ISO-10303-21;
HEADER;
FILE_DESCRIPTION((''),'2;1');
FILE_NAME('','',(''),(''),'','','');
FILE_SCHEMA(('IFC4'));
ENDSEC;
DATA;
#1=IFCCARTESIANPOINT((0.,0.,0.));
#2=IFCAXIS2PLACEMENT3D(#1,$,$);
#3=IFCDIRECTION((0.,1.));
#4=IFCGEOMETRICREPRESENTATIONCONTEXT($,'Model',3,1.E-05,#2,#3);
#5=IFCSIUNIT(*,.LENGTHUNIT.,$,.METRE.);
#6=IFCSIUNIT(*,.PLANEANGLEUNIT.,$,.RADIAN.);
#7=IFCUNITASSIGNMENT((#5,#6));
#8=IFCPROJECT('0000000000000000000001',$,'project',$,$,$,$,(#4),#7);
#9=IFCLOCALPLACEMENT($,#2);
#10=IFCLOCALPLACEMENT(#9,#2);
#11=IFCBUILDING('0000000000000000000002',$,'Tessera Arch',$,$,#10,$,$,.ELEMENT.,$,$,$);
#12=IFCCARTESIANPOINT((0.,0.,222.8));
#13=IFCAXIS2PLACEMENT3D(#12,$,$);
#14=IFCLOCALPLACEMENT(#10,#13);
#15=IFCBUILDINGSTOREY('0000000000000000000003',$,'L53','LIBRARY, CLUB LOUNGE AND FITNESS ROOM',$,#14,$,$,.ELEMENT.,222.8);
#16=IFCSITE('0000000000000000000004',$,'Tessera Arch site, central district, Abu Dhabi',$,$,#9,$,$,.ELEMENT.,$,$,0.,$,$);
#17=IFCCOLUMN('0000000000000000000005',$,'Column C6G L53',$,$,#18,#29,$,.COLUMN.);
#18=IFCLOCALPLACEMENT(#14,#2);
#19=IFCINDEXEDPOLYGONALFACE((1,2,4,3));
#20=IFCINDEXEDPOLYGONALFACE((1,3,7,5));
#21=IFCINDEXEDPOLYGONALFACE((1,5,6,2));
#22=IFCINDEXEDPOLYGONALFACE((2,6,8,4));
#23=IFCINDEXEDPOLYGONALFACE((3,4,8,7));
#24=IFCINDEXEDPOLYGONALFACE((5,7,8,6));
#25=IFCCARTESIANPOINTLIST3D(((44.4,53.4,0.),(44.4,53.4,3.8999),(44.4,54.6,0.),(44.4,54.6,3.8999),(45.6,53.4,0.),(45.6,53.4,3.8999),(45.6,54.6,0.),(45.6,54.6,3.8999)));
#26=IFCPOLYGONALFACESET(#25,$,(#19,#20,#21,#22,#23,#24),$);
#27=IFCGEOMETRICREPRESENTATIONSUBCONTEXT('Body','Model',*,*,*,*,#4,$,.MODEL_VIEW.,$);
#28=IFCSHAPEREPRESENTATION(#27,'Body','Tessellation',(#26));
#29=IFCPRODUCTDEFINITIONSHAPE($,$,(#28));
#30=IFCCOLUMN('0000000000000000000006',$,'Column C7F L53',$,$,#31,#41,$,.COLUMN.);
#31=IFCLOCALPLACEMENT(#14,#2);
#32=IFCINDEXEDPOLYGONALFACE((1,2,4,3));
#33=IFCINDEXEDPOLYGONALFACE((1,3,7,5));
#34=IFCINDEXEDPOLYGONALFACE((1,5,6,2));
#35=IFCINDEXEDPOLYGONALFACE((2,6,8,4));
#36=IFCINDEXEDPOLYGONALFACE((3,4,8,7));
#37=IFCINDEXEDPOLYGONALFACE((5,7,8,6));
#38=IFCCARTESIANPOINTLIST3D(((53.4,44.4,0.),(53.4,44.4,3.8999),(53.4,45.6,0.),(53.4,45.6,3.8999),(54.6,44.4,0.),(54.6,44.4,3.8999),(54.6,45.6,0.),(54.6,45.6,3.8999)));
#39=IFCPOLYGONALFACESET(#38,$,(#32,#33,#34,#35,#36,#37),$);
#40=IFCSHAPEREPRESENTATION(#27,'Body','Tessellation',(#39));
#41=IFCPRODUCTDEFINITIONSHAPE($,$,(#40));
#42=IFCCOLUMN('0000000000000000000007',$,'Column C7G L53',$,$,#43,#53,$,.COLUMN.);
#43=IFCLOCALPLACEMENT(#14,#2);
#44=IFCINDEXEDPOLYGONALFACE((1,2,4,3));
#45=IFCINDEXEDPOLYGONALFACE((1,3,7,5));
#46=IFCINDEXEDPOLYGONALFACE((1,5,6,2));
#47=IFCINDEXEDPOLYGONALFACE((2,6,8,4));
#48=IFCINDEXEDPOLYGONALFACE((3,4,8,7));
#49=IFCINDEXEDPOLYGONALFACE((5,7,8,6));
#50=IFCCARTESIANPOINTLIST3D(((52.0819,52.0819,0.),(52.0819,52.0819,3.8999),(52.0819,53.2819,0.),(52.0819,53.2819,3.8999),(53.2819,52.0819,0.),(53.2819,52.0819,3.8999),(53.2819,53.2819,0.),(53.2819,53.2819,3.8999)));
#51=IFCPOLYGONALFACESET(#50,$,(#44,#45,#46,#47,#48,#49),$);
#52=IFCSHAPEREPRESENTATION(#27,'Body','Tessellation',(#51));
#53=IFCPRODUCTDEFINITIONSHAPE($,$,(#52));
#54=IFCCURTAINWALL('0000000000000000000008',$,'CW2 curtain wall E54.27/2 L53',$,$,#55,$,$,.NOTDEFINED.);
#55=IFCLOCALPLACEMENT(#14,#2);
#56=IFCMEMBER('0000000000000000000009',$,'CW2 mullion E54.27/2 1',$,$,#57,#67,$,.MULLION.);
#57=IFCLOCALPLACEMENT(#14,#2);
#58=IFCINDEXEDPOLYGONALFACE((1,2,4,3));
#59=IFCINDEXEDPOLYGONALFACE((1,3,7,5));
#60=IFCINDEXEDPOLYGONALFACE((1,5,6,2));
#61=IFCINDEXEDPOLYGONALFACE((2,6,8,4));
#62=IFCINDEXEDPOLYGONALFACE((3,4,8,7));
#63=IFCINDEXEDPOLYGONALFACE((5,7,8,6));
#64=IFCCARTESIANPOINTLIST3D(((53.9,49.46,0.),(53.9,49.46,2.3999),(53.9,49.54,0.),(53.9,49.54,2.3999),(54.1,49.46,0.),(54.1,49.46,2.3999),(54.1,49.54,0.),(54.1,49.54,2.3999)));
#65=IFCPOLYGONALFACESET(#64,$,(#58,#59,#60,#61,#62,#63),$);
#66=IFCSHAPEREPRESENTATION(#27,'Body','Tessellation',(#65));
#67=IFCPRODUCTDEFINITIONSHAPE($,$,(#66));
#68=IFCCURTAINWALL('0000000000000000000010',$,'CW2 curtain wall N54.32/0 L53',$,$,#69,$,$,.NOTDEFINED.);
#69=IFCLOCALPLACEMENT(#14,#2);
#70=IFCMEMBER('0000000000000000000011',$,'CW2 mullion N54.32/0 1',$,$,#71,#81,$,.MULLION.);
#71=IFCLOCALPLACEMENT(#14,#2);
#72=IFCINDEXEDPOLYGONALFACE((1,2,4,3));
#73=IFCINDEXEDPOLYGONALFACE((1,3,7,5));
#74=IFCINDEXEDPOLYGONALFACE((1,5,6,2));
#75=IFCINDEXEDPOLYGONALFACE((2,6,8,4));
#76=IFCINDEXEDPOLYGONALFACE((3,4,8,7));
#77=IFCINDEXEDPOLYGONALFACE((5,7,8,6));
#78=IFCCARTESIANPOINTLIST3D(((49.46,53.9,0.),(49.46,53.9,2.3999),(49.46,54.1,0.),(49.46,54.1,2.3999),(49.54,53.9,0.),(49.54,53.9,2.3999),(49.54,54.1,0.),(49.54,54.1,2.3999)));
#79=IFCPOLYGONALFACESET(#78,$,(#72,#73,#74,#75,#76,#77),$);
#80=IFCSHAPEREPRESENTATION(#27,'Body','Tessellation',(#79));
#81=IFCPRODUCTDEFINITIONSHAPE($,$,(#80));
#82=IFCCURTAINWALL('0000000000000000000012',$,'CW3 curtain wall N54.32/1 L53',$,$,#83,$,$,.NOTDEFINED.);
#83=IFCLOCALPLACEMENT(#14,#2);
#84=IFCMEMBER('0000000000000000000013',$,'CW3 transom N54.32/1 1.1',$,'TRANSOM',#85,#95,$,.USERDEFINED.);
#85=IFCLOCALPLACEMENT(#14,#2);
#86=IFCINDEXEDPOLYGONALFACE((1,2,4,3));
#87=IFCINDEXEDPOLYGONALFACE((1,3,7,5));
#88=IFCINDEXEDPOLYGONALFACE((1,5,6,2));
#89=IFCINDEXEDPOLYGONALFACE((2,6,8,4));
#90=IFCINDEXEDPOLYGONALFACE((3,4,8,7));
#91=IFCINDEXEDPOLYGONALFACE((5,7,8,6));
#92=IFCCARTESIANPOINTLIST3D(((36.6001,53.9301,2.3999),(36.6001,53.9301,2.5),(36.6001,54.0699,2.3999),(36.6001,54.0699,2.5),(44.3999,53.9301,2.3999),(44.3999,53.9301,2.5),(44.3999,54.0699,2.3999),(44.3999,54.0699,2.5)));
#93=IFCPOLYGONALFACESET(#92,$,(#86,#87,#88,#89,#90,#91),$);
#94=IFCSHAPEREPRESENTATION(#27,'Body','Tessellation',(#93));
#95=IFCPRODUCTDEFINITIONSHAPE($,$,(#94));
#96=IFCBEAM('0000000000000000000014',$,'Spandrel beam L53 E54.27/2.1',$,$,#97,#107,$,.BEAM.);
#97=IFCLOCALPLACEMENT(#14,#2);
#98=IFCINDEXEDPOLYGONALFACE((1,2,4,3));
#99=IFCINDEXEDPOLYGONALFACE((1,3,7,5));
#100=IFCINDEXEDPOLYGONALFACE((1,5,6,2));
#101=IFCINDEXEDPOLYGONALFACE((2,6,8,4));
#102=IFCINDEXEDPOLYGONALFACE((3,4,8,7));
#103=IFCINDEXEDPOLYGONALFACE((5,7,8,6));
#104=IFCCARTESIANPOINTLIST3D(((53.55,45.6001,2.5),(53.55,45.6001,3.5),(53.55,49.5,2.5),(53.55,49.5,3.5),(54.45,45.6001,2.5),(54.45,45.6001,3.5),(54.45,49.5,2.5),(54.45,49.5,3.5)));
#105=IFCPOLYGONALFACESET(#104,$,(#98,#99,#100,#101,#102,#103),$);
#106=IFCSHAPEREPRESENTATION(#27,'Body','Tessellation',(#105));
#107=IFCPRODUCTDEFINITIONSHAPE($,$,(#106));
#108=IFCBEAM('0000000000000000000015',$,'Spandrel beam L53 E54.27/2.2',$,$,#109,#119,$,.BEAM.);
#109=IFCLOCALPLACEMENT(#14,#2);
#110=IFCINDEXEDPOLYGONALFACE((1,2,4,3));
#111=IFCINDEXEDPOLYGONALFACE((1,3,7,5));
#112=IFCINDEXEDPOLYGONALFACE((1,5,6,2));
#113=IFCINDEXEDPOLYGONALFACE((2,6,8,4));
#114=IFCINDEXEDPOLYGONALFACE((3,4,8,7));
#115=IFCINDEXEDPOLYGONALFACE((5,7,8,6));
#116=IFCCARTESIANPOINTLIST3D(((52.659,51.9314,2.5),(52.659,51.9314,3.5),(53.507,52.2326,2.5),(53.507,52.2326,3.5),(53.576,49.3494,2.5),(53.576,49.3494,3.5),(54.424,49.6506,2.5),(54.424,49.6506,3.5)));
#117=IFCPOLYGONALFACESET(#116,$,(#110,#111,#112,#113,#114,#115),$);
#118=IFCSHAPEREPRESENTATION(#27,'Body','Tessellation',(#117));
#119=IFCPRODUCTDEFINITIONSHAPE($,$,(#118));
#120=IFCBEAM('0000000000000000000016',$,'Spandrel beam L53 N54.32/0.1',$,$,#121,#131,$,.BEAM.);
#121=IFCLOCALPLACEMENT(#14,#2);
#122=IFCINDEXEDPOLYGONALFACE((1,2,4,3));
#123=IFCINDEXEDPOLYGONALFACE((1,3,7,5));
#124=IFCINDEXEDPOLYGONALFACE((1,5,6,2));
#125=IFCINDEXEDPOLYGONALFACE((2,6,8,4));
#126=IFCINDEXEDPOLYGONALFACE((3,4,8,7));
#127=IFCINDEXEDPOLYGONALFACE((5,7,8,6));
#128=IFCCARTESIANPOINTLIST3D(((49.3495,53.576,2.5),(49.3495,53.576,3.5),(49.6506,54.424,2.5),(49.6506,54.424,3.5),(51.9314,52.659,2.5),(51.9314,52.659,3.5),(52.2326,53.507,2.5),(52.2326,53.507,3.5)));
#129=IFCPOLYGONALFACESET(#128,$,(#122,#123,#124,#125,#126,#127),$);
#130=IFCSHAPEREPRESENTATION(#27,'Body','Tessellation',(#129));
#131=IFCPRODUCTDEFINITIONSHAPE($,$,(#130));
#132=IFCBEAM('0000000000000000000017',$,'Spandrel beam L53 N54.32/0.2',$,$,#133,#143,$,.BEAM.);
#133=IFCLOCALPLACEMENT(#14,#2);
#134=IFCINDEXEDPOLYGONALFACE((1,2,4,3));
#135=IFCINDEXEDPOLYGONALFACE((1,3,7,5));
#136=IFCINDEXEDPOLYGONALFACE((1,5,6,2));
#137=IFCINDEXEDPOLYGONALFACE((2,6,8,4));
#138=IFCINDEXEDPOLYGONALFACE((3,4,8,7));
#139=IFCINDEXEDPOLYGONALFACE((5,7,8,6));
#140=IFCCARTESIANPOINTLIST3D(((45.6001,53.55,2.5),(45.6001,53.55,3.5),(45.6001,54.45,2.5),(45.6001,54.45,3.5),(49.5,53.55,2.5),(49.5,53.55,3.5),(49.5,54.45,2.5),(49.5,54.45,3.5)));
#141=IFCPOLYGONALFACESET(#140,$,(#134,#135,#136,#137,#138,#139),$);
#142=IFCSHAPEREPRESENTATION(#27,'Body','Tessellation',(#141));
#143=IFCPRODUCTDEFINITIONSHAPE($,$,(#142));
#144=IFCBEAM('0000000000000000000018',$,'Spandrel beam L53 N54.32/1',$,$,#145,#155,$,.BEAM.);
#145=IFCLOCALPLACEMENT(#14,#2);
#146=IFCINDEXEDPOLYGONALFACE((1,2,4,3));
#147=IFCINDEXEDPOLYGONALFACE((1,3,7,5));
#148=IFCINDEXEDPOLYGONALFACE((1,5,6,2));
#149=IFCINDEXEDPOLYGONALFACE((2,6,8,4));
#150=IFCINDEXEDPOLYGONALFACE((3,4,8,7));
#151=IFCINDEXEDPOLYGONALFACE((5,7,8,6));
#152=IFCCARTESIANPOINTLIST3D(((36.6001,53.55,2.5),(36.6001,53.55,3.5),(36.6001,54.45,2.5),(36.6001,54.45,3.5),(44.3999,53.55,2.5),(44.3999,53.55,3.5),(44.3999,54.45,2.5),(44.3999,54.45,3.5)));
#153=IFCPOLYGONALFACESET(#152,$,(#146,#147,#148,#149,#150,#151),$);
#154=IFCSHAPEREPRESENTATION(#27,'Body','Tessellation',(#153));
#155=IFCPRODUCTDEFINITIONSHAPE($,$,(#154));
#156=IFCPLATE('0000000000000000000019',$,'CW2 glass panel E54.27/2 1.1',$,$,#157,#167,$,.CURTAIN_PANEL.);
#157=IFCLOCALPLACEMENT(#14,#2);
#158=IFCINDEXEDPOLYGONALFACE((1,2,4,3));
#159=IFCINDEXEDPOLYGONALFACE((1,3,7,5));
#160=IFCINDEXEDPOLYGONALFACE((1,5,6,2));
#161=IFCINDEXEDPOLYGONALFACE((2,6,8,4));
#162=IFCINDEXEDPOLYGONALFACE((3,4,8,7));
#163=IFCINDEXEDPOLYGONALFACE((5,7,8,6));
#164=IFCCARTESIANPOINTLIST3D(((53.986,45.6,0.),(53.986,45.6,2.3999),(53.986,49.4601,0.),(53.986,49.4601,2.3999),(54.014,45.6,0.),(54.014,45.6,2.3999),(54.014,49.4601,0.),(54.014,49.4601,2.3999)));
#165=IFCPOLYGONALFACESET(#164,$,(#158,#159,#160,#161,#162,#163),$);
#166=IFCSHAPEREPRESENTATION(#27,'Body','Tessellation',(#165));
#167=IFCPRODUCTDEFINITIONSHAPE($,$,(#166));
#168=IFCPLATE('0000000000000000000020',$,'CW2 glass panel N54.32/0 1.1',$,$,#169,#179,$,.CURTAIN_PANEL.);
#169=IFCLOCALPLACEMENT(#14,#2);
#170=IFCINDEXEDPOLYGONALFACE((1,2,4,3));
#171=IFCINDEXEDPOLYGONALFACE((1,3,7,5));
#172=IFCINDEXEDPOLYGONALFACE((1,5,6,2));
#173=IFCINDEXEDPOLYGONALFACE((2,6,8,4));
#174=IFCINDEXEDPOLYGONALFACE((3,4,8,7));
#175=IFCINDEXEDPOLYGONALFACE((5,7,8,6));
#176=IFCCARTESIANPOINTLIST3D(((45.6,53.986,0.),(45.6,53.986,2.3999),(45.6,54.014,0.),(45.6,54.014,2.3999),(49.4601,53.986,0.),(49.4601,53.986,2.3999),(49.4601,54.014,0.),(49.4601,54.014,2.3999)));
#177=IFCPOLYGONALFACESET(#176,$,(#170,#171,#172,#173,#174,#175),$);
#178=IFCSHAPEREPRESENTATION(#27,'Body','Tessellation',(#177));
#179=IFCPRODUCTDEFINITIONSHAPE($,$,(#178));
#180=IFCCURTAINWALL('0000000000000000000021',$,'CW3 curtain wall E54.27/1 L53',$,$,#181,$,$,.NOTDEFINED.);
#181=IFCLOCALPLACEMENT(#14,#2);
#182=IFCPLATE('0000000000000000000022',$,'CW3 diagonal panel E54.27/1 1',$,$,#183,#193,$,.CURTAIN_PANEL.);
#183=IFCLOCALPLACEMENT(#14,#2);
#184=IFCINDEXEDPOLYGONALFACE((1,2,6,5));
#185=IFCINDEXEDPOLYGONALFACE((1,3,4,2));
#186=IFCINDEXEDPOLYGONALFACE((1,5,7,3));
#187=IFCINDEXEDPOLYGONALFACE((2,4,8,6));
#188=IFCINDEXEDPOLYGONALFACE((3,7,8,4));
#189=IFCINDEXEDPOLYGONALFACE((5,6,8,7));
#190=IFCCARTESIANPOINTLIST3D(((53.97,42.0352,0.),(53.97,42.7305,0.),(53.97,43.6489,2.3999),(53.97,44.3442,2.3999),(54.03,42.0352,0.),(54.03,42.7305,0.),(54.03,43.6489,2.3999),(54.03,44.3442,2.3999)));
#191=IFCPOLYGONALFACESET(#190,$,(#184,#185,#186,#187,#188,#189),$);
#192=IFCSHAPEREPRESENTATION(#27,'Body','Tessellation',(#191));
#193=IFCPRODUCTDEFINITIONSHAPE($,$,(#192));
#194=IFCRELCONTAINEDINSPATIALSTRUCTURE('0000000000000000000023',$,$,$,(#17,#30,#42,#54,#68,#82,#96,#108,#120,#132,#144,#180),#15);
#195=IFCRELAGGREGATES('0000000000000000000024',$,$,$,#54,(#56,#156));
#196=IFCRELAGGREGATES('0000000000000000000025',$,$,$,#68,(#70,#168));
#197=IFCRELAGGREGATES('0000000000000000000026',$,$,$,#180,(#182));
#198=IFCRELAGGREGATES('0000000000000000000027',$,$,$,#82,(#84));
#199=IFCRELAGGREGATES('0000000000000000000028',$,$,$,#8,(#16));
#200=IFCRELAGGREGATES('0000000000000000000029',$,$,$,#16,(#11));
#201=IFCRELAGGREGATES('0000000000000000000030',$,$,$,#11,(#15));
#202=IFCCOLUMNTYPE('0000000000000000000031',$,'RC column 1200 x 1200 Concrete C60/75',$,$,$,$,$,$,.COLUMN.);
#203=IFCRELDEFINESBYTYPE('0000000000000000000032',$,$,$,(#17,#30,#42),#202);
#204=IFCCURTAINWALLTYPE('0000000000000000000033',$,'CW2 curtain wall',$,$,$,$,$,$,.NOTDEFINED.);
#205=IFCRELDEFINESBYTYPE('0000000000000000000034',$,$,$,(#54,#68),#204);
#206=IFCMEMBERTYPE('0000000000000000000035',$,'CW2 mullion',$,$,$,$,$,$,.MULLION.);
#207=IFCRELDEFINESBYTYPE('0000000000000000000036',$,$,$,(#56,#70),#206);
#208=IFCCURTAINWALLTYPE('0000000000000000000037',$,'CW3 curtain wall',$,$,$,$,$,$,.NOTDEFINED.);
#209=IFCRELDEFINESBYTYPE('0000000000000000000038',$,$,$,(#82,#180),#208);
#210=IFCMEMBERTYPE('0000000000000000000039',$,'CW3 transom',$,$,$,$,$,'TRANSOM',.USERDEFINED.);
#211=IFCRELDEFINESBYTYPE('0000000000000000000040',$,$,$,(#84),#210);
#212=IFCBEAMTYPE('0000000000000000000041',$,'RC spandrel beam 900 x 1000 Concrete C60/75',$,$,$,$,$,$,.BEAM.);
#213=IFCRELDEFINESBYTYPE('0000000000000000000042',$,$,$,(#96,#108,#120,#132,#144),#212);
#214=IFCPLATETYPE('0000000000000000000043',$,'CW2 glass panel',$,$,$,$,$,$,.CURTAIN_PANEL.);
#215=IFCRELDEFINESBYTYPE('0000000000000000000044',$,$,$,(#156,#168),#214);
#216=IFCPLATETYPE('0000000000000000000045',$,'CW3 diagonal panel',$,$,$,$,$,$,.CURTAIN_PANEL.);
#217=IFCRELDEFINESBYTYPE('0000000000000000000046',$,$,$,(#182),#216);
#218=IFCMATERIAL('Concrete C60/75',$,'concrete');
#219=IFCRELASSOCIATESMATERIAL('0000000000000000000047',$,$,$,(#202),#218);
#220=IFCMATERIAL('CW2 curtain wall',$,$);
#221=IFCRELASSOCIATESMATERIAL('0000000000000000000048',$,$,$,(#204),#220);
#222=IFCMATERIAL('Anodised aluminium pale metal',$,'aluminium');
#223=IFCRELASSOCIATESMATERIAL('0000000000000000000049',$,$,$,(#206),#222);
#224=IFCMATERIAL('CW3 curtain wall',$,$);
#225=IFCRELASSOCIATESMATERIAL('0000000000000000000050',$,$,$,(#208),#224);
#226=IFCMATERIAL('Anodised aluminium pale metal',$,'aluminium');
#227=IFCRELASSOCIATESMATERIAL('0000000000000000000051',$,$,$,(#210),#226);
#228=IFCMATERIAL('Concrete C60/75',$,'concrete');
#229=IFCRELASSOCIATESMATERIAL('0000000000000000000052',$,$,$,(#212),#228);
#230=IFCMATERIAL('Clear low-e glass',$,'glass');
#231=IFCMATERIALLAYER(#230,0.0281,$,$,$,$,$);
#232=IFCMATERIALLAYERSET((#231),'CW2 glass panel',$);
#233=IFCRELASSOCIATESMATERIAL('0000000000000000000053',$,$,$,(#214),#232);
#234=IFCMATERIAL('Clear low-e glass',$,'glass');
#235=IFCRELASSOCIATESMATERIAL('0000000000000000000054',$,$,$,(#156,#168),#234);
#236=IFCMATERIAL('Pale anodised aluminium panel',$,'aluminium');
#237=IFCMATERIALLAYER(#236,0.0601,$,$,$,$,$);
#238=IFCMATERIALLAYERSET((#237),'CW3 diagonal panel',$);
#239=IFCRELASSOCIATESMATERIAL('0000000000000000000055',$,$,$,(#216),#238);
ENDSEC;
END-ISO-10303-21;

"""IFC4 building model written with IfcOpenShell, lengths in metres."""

from ifc_helpers import new_model, si_unit, direction, frame, origin, origin_2d, place, context, subcontext, project, spatial, polyline, rectangle, outline, extrude, material, layer, layer_set, material_profile, profile_set, type_object, element, aggregate, save


model = new_model("IFC4")

# Units and contexts
model_context = context("Model", 3, precision=1e-05, world=origin(), true_north=direction((0.0, 1.0)))
body_context = subcontext(model_context, "Body", "Model", "MODEL_VIEW")
ifc_project = project(units=[si_unit("LENGTHUNIT", "METRE"), si_unit("PLANEANGLEUNIT", "RADIAN")], contexts=[model_context])

# Site, building, storey
site_placement = place(None, origin())
site = spatial("IfcSite", under=ifc_project, at=site_placement, Name="Tessera Arch site, central district, Abu Dhabi", CompositionType="ELEMENT", RefElevation=0.0)
building_placement = place(site_placement, origin())
building = spatial("IfcBuilding", under=site, at=building_placement, Name="Tessera Arch", CompositionType="ELEMENT")
storey_placement = place(building_placement, frame((0.0, 0.0, 222.8)))
storey = spatial("IfcBuildingStorey", under=building, at=storey_placement, Name="L53", Description="LIBRARY, CLUB LOUNGE AND FITNESS ROOM", CompositionType="ELEMENT", Elevation=222.8)

# Columns
ifc_material_1 = material(Name="Concrete C60/75", Category="concrete")
ifc_material_profile_1 = material_profile(ifc_material_1, rectangle(XDim=1.2, YDim=1.2, at=origin_2d()), Name="RC column 1200 x 1200 Concrete C60/75")
ifc_profile_set_1 = profile_set([ifc_material_profile_1], Name="Concrete C60/75")
column_type = type_object("IfcColumnType", Name="RC column 1200 x 1200 Concrete C60/75", PredefinedType="COLUMN", material=ifc_profile_set_1)
for number, where, z_axis, x_axis, name in (
    (1, (45.0, 54.0, 0.0), (0.0, 0.0, 1.0), (1.0, 0.0, 0.0), "Column C6G L53"),
    (2, (54.0, 45.0, 0.0), (0.0, 0.0, 1.0), (1.0, 0.0, 0.0), "Column C7F L53"),
    (3, (52.6819, 52.6819, 0.0), (0.0, 0.0, 1.0), (1.0, 0.0, 0.0), "Column C7G L53"),
):
    element("IfcColumn", number, at=place(storey_placement, frame(where, z_axis=z_axis, x_axis=x_axis)), inside=storey, type_object=column_type, Name=name, PredefinedType="COLUMN", context=body_context, shape_type="SweptSolid", body=[
        extrude(rectangle(XDim=1.2, YDim=1.2, at=origin_2d()), origin(), (0.0, 0.0, 1.0), 3.8999),
    ])

# Curtain walls, members
ifc_material_2 = material(Name="CW2 curtain wall")
curtain_wall_type_1 = type_object("IfcCurtainWallType", Name="CW2 curtain wall", PredefinedType="NOTDEFINED", material=ifc_material_2)
curtain_wall_1_placement = place(storey_placement, origin())
curtain_wall_1 = element("IfcCurtainWall", 4, at=curtain_wall_1_placement, inside=storey, type_object=curtain_wall_type_1, Name="CW2 curtain wall E54.27/2 L53", PredefinedType="NOTDEFINED")
ifc_material_3 = material(Name="Anodised aluminium pale metal", Category="aluminium")
ifc_material_profile_2 = material_profile(ifc_material_3, rectangle(XDim=0.2, YDim=0.0801, at=origin_2d()), Name="AL 80x200")
ifc_profile_set_2 = profile_set([ifc_material_profile_2], Name="Anodised aluminium pale metal")
member_type_1 = type_object("IfcMemberType", Name="CW2 mullion", PredefinedType="MULLION", material=ifc_profile_set_2)
member_1_placement = place(storey_placement, frame((54.0, 49.5, 0.0), z_axis=(0.0, 0.0, 1.0), x_axis=(-1.0, 0.0, 0.0)))
member_1 = element("IfcMember", 5, at=member_1_placement, type_object=member_type_1, Name="CW2 mullion E54.27/2 1", PredefinedType="MULLION", context=body_context, shape_type="SweptSolid", body=[
    extrude(rectangle(XDim=0.2, YDim=0.0801, at=origin_2d()), origin(), (0.0, 0.0, 1.0), 2.3999),
])
curtain_wall_2_placement = place(storey_placement, origin())
curtain_wall_2 = element("IfcCurtainWall", 6, at=curtain_wall_2_placement, inside=storey, type_object=curtain_wall_type_1, Name="CW2 curtain wall N54.32/0 L53", PredefinedType="NOTDEFINED")
member_2_placement = place(storey_placement, frame((49.5, 54.0, 0.0), z_axis=(0.0, 0.0, 1.0), x_axis=(0.0, -1.0, 0.0)))
member_2 = element("IfcMember", 7, at=member_2_placement, type_object=member_type_1, Name="CW2 mullion N54.32/0 1", PredefinedType="MULLION", context=body_context, shape_type="SweptSolid", body=[
    extrude(rectangle(XDim=0.2, YDim=0.0801, at=origin_2d()), origin(), (0.0, 0.0, 1.0), 2.3999),
])
ifc_material_4 = material(Name="CW3 curtain wall")
curtain_wall_type_2 = type_object("IfcCurtainWallType", Name="CW3 curtain wall", PredefinedType="NOTDEFINED", material=ifc_material_4)
curtain_wall_3_placement = place(storey_placement, origin())
curtain_wall_3 = element("IfcCurtainWall", 8, at=curtain_wall_3_placement, inside=storey, type_object=curtain_wall_type_2, Name="CW3 curtain wall N54.32/1 L53", PredefinedType="NOTDEFINED")
ifc_material_5 = material(Name="Anodised aluminium pale metal", Category="aluminium")
ifc_material_profile_3 = material_profile(ifc_material_5, rectangle(XDim=0.1399, YDim=0.1001, at=origin_2d()), Name="AL 140x100")
ifc_profile_set_3 = profile_set([ifc_material_profile_3], Name="Anodised aluminium pale metal")
member_type_2 = type_object("IfcMemberType", Name="CW3 transom", ElementType="TRANSOM", PredefinedType="USERDEFINED", material=ifc_profile_set_3)
member_3_placement = place(storey_placement, frame((44.3999, 54.0, 2.45), z_axis=(-1.0, 0.0, 0.0), x_axis=(0.0, -1.0, 0.0)))
member_3 = element("IfcMember", 9, at=member_3_placement, type_object=member_type_2, Name="CW3 transom N54.32/1 1.1", ObjectType="TRANSOM", PredefinedType="USERDEFINED", context=body_context, shape_type="SweptSolid", body=[
    extrude(rectangle(XDim=0.1399, YDim=0.1001, at=origin_2d()), origin(), (0.0, 0.0, 1.0), 7.7998),
])

# Beams
ifc_material_6 = material(Name="Concrete C60/75", Category="concrete")
ifc_material_profile_4 = material_profile(ifc_material_6, rectangle(XDim=0.8999, YDim=1.0, at=origin_2d()), Name="RC spandrel beam 900 x 1000 Concrete C60/75")
ifc_profile_set_4 = profile_set([ifc_material_profile_4], Name="Concrete C60/75")
beam_type = type_object("IfcBeamType", Name="RC spandrel beam 900 x 1000 Concrete C60/75", PredefinedType="BEAM", material=ifc_profile_set_4)
beam_1_placement = place(storey_placement, frame((54.0, 45.6001, 3.0), z_axis=(0.0, 1.0, 0.0), x_axis=(-1.0, 0.0, 0.0)))
element("IfcBeam", 10, at=beam_1_placement, inside=storey, type_object=beam_type, Name="Spandrel beam L53 E54.27/2.1", PredefinedType="BEAM", context=body_context, shape_type="SweptSolid", body=[
    extrude(rectangle(XDim=0.8999, YDim=1.0, at=origin_2d()), origin(), (0.0, 0.0, 1.0), 3.8999),
])
for number, where, z_axis, x_axis, name in (
    (11, (54.0, 49.5, 3.0), (-0.334665, 0.942337, 0.0), (-0.942337, -0.334665, 0.0), "Spandrel beam L53 E54.27/2.2"),
    (12, (52.082, 53.083, 3.0), (-0.942337, 0.334665, 0.0), (-0.334665, -0.942337, 0.0), "Spandrel beam L53 N54.32/0.1"),
):
    element("IfcBeam", number, at=place(storey_placement, frame(where, z_axis=z_axis, x_axis=x_axis)), inside=storey, type_object=beam_type, Name=name, PredefinedType="BEAM", context=body_context, shape_type="SweptSolid", body=[
        extrude(rectangle(XDim=0.8999, YDim=1.0, at=origin_2d()), origin(), (0.0, 0.0, 1.0), 2.74),
    ])
beam_2_placement = place(storey_placement, frame((49.5, 54.0, 3.0), z_axis=(-1.0, 0.0, 0.0), x_axis=(0.0, -1.0, 0.0)))
element("IfcBeam", 13, at=beam_2_placement, inside=storey, type_object=beam_type, Name="Spandrel beam L53 N54.32/0.2", PredefinedType="BEAM", context=body_context, shape_type="SweptSolid", body=[
    extrude(rectangle(XDim=0.8999, YDim=1.0, at=origin_2d()), origin(), (0.0, 0.0, 1.0), 3.8999),
])
beam_3_placement = place(storey_placement, frame((44.3999, 54.0, 3.0), z_axis=(-1.0, 0.0, 0.0), x_axis=(0.0, -1.0, 0.0)))
element("IfcBeam", 14, at=beam_3_placement, inside=storey, type_object=beam_type, Name="Spandrel beam L53 N54.32/1", PredefinedType="BEAM", context=body_context, shape_type="SweptSolid", body=[
    extrude(rectangle(XDim=0.8999, YDim=1.0, at=origin_2d()), origin(), (0.0, 0.0, 1.0), 7.7998),
])

# Plates
ifc_material_7 = material(Name="Clear low-e glass", Category="glass")
ifc_material_8 = material(Name="Clear low-e glass", Category="glass")
ifc_layer_1 = layer(ifc_material_8, 0.0281)
ifc_layer_set_1 = layer_set([ifc_layer_1], Name="CW2 glass panel")
plate_type_1 = type_object("IfcPlateType", Name="CW2 glass panel", PredefinedType="CURTAIN_PANEL", material=ifc_layer_set_1)
plate_1_placement = place(storey_placement, frame((54.0, 47.53, 0.0), z_axis=(0.0, 0.0, 1.0), x_axis=(0.0, 1.0, 0.0)))
plate_1 = element("IfcPlate", 15, at=plate_1_placement, type_object=plate_type_1, material=ifc_material_7, Name="CW2 glass panel E54.27/2 1.1", PredefinedType="CURTAIN_PANEL", context=body_context, shape_type="SweptSolid", body=[
    extrude(rectangle(XDim=3.8601, YDim=0.0281, at=origin_2d()), origin(), (0.0, 0.0, 1.0), 2.3999),
])
aggregate(curtain_wall_1, [member_1, plate_1])
plate_2_placement = place(storey_placement, frame((47.53, 54.0, 0.0), z_axis=(0.0, 0.0, 1.0), x_axis=(-1.0, 0.0, 0.0)))
plate_2 = element("IfcPlate", 16, at=plate_2_placement, type_object=plate_type_1, material=ifc_material_7, Name="CW2 glass panel N54.32/0 1.1", PredefinedType="CURTAIN_PANEL", context=body_context, shape_type="SweptSolid", body=[
    extrude(rectangle(XDim=3.8601, YDim=0.0281, at=origin_2d()), origin(), (0.0, 0.0, 1.0), 2.3999),
])
aggregate(curtain_wall_2, [member_2, plate_2])

# Curtain wall, plate
curtain_wall_4_placement = place(storey_placement, origin())
curtain_wall_4 = element("IfcCurtainWall", 17, at=curtain_wall_4_placement, inside=storey, type_object=curtain_wall_type_2, Name="CW3 curtain wall E54.27/1 L53", PredefinedType="NOTDEFINED")
ifc_material_9 = material(Name="Pale anodised aluminium panel", Category="aluminium")
ifc_layer_2 = layer(ifc_material_9, 0.0601)
ifc_layer_set_2 = layer_set([ifc_layer_2], Name="CW3 diagonal panel")
plate_type_2 = type_object("IfcPlateType", Name="CW3 diagonal panel", PredefinedType="CURTAIN_PANEL", material=ifc_layer_set_2)
plate_3_placement = place(storey_placement, frame((54.03, 44.3442, 2.3999), z_axis=(1.0, 0.0, 0.0), x_axis=(0.0, -1.0, 0.0)))
plate_3 = element("IfcPlate", 18, at=plate_3_placement, type_object=plate_type_2, Name="CW3 diagonal panel E54.27/1 1", PredefinedType="CURTAIN_PANEL", context=body_context, shape_type="SweptSolid", body=[
    extrude(outline(polyline([(0.0, 0.0), (0.6953, 0.0), (2.3091, 2.3999), (1.6138, 2.3999), (0.0, 0.0)])), origin(), (0.0, 0.0, -1.0), 0.0601),
])

aggregate(curtain_wall_4, [plate_3])
aggregate(curtain_wall_3, [member_3])

save(model, "model.ifc")
